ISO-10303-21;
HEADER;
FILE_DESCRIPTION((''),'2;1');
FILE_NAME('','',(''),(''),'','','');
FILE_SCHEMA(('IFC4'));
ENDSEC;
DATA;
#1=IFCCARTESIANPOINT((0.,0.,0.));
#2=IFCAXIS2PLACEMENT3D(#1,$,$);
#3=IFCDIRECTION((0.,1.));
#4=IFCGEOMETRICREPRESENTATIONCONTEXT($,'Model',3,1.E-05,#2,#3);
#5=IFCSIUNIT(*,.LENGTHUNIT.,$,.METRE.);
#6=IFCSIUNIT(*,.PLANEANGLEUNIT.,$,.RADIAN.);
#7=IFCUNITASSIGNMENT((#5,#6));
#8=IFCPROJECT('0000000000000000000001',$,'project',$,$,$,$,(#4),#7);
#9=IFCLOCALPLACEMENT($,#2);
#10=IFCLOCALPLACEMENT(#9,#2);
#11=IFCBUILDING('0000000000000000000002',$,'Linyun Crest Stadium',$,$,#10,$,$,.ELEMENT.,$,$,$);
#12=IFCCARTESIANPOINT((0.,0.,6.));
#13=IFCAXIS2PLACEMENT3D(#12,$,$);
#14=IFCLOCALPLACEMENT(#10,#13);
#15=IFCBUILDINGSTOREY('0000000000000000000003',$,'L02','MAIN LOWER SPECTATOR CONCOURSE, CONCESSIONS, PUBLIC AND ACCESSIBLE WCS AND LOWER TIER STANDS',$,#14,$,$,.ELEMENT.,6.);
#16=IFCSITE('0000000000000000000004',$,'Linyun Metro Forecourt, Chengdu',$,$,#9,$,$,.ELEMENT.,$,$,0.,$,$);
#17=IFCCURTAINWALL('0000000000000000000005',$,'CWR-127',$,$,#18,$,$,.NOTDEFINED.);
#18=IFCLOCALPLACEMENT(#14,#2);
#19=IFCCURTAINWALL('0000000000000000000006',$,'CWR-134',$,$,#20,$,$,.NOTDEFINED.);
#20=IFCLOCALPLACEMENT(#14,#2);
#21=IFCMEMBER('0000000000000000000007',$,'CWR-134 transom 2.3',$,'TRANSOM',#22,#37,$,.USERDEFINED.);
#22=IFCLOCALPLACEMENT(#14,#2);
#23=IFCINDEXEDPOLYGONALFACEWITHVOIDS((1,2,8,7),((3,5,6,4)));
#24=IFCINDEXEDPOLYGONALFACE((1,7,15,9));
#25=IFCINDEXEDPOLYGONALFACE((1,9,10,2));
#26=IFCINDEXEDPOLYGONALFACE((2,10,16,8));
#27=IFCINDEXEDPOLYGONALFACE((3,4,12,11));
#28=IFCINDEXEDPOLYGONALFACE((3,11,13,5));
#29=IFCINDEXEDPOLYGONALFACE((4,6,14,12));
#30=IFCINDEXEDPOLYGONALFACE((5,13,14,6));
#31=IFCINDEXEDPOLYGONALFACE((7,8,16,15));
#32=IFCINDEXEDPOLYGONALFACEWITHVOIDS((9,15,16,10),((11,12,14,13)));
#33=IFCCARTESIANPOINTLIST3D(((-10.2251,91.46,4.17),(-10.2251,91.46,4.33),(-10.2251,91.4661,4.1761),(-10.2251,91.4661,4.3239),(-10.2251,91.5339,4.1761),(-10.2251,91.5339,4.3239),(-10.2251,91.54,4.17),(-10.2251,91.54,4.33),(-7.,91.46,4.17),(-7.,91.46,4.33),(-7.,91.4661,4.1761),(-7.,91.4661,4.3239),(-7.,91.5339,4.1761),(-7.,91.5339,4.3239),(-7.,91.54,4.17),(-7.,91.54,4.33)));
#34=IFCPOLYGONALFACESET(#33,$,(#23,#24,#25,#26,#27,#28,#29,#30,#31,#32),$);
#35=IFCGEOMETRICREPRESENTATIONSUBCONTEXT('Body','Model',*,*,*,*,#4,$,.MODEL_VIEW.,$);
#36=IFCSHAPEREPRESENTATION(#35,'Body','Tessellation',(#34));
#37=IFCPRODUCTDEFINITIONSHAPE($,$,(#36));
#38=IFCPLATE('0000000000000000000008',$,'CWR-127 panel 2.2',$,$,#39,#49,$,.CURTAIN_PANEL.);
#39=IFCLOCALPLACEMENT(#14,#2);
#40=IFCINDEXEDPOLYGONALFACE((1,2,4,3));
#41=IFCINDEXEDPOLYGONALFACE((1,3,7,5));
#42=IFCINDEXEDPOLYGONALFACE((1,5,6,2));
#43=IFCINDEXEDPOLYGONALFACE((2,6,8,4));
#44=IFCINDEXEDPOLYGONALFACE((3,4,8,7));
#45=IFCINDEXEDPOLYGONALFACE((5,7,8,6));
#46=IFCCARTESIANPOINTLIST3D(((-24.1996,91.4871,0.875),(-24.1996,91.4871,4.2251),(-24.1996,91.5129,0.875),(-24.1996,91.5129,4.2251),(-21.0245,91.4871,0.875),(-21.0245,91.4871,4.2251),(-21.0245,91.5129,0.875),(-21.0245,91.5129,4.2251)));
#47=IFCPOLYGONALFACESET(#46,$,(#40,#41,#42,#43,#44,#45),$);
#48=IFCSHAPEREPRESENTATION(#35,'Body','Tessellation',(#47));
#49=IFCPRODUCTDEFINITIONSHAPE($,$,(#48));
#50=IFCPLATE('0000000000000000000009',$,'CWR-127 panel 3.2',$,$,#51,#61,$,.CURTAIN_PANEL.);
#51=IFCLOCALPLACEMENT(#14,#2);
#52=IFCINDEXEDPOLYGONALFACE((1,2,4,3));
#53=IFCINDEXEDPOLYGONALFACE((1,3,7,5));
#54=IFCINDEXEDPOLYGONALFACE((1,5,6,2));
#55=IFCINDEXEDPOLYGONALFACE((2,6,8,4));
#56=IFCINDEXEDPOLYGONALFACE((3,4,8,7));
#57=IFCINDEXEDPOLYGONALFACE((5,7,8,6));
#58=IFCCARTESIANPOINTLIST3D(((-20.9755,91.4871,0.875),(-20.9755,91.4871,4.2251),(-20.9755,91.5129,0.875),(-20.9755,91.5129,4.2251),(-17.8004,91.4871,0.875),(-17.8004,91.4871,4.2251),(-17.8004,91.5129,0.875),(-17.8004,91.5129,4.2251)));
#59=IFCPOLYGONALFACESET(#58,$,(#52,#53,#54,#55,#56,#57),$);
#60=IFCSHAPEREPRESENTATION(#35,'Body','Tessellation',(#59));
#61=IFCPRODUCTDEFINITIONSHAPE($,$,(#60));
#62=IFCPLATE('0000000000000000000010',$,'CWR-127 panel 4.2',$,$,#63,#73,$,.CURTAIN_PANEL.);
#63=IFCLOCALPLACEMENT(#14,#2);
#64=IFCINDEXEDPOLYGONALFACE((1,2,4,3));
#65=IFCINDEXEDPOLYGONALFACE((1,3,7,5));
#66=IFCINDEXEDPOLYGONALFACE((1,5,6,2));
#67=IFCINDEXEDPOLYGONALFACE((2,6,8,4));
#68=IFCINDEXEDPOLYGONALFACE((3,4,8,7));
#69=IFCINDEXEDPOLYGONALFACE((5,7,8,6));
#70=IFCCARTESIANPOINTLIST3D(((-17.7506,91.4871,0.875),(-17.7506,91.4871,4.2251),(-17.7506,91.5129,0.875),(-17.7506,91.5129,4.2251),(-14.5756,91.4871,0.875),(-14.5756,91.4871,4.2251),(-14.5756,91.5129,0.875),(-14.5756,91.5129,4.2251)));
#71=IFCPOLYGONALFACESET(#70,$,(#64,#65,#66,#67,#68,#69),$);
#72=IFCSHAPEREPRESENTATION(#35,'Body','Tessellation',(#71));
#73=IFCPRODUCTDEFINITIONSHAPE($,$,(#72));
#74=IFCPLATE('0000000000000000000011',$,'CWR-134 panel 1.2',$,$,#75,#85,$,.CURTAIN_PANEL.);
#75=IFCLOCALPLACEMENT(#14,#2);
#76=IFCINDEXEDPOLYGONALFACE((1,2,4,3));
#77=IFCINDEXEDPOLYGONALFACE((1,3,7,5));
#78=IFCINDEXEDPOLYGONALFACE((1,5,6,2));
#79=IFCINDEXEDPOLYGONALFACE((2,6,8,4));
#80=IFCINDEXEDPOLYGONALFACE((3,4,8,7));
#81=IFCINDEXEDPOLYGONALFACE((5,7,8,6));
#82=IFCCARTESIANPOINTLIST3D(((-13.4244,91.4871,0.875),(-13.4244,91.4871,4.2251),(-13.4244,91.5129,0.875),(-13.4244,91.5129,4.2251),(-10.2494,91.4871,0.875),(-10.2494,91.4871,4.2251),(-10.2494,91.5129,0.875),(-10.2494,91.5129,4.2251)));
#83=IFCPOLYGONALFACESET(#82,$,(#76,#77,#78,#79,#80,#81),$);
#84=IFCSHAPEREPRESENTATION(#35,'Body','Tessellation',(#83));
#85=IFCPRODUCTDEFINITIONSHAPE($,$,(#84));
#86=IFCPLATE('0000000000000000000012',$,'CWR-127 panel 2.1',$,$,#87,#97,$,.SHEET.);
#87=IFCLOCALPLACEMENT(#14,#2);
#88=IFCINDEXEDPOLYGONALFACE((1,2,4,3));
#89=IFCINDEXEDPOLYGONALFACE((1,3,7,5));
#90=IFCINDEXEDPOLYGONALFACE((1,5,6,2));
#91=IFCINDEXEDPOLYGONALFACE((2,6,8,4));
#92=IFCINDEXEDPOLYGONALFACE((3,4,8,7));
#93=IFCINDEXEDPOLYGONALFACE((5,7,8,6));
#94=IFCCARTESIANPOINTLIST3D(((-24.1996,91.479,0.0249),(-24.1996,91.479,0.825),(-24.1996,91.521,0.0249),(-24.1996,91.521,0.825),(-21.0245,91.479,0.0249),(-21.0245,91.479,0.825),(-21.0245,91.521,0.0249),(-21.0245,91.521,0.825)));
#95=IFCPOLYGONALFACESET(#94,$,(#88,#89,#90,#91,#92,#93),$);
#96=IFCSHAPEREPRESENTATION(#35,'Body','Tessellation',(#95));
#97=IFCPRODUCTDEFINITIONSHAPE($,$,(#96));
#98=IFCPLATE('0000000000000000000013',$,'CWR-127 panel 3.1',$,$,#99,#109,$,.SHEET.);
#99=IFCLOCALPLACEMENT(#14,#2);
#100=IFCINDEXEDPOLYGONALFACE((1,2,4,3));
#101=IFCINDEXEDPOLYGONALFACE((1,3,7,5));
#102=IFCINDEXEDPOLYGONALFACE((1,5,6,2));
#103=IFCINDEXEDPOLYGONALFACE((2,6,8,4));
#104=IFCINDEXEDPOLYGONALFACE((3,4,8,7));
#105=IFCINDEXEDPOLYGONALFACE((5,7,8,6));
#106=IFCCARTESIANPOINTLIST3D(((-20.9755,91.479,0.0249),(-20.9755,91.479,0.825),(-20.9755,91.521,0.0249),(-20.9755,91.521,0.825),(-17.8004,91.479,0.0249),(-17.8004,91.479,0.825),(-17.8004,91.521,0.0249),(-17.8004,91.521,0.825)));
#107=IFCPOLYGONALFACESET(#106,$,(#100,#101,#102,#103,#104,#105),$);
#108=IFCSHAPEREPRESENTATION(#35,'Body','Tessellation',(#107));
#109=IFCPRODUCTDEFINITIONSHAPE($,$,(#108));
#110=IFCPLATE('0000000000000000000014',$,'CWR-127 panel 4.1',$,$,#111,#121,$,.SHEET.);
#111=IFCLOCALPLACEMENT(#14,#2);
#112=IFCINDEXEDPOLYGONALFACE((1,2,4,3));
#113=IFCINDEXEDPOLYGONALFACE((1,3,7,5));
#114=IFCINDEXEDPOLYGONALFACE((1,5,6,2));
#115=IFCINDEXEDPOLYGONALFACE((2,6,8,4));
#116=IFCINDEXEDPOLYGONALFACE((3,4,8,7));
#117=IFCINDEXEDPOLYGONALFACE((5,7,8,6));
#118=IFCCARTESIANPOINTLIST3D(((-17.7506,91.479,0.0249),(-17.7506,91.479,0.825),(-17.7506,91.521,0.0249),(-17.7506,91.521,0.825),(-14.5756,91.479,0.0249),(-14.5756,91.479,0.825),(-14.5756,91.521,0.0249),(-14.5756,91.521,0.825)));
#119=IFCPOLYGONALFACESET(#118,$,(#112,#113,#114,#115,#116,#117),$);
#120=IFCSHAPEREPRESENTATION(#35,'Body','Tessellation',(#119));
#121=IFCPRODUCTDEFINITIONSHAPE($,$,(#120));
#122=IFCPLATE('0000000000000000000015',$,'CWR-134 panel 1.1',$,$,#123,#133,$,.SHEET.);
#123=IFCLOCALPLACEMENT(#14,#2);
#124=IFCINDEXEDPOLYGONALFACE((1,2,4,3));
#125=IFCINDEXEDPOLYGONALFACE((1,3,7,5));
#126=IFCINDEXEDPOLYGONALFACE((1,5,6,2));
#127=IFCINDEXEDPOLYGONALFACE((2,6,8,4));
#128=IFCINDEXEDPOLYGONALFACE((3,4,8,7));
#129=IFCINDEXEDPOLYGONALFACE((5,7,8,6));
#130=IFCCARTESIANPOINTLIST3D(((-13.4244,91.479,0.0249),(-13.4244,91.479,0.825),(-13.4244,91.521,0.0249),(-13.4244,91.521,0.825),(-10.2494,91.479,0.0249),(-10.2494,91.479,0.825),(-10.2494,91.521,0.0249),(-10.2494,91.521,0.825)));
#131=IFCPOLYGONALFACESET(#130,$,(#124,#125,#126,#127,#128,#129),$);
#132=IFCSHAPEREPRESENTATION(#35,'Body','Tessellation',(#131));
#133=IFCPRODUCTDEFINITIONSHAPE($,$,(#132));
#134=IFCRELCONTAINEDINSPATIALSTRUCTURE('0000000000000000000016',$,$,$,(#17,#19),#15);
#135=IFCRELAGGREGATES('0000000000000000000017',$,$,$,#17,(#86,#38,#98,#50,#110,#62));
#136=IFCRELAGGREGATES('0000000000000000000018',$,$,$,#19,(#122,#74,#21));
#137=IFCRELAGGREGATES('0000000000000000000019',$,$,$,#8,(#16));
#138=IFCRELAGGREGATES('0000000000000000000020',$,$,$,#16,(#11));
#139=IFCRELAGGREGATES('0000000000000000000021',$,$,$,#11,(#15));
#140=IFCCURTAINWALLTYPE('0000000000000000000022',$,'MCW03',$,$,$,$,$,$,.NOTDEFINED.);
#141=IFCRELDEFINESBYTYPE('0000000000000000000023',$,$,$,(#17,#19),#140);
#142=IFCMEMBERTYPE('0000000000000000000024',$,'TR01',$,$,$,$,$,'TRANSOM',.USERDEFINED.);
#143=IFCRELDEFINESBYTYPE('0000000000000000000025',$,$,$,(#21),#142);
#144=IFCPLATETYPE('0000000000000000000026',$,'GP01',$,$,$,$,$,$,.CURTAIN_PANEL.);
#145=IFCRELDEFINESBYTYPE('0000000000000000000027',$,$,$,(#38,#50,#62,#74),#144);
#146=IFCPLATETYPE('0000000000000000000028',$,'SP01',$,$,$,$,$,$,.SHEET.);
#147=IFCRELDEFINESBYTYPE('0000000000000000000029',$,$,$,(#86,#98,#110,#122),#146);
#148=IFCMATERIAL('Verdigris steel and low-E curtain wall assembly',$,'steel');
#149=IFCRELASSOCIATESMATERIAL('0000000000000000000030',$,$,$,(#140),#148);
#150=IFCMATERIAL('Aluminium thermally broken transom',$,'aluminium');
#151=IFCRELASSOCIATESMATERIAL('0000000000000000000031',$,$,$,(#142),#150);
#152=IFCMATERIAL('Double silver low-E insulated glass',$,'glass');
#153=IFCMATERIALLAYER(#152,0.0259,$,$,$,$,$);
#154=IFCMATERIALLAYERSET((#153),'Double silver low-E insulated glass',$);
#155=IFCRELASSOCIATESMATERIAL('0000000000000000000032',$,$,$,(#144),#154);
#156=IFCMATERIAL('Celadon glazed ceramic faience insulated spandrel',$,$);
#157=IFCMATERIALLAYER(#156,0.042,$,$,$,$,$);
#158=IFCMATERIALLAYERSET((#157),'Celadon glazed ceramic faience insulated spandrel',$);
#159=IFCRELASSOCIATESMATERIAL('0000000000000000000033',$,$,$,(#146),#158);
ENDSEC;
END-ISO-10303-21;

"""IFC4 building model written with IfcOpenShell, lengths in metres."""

from ifc_helpers import new_model, si_unit, direction, frame, origin, origin_2d, place, context, subcontext, project, spatial, rectangle, hollow_rectangle, extrude, material, layer, layer_set, material_profile, profile_set, type_object, element, aggregate, save


model = new_model("IFC4")

# Units and contexts
model_context = context("Model", 3, precision=1e-05, world=origin(), true_north=direction((0.0, 1.0)))
body_context = subcontext(model_context, "Body", "Model", "MODEL_VIEW")
ifc_project = project(units=[si_unit("LENGTHUNIT", "METRE"), si_unit("PLANEANGLEUNIT", "RADIAN")], contexts=[model_context])

# Site, building, storey
site_placement = place(None, origin())
site = spatial("IfcSite", under=ifc_project, at=site_placement, Name="Linyun Metro Forecourt, Chengdu", CompositionType="ELEMENT", RefElevation=0.0)
building_placement = place(site_placement, origin())
building = spatial("IfcBuilding", under=site, at=building_placement, Name="Linyun Crest Stadium", CompositionType="ELEMENT")
storey_placement = place(building_placement, frame((0.0, 0.0, 6.0)))
storey = spatial("IfcBuildingStorey", under=building, at=storey_placement, Name="L02", Description="MAIN LOWER SPECTATOR CONCOURSE, CONCESSIONS, PUBLIC AND ACCESSIBLE WCS AND LOWER TIER STANDS", CompositionType="ELEMENT", Elevation=6.0)

# Curtain walls
ifc_material_1 = material(Name="Verdigris steel and low-E curtain wall assembly", Category="steel")
curtain_wall_type = type_object("IfcCurtainWallType", Name="MCW03", PredefinedType="NOTDEFINED", material=ifc_material_1)
curtain_wall_1_placement = place(storey_placement, origin())
curtain_wall_1 = element("IfcCurtainWall", 1, at=curtain_wall_1_placement, inside=storey, type_object=curtain_wall_type, Name="CWR-127", PredefinedType="NOTDEFINED")
curtain_wall_2_placement = place(storey_placement, origin())
curtain_wall_2 = element("IfcCurtainWall", 2, at=curtain_wall_2_placement, inside=storey, type_object=curtain_wall_type, Name="CWR-134", PredefinedType="NOTDEFINED")

# Member
ifc_material_2 = material(Name="Aluminium thermally broken transom", Category="aluminium")
ifc_material_profile_1 = material_profile(ifc_material_2, hollow_rectangle(XDim=0.0801, YDim=0.1599, WallThickness=0.0061, at=origin_2d()), Name="RHS 160x80x6")
ifc_profile_set_1 = profile_set([ifc_material_profile_1], Name="Aluminium thermally broken transom")
member_type_1 = type_object("IfcMemberType", Name="TR01", ElementType="TRANSOM", PredefinedType="USERDEFINED", material=ifc_profile_set_1)
member_1_placement = place(storey_placement, frame((-10.2251, 91.5, 4.25), z_axis=(1.0, 0.0, 0.0), x_axis=(0.0, 1.0, 0.0)))
member_1 = element("IfcMember", 3, at=member_1_placement, type_object=member_type_1, Name="CWR-134 transom 2.3", ObjectType="TRANSOM", PredefinedType="USERDEFINED", context=body_context, shape_type="SweptSolid", body=[
    extrude(hollow_rectangle(XDim=0.0801, YDim=0.1599, WallThickness=0.0061, at=origin_2d()), origin(), (0.0, 0.0, 1.0), 3.2251),
])

# Plates
ifc_material_3 = material(Name="Double silver low-E insulated glass", Category="glass")
ifc_layer_1 = layer(ifc_material_3, 0.0259)
ifc_layer_set_1 = layer_set([ifc_layer_1], Name="Double silver low-E insulated glass")
plate_type_1 = type_object("IfcPlateType", Name="GP01", PredefinedType="CURTAIN_PANEL", material=ifc_layer_set_1)
plate_1_placement = place(storey_placement, frame((-22.6121, 91.5, 0.875), z_axis=(0.0, 0.0, 1.0), x_axis=(1.0, 0.0, 0.0)))
plate_1 = element("IfcPlate", 4, at=plate_1_placement, type_object=plate_type_1, Name="CWR-127 panel 2.2", PredefinedType="CURTAIN_PANEL", context=body_context, shape_type="SweptSolid", body=[
    extrude(rectangle(XDim=3.175, YDim=0.0259, at=origin_2d()), origin(), (0.0, 0.0, 1.0), 3.3501),
])
plate_2_placement = place(storey_placement, frame((-19.3879, 91.5, 0.875), z_axis=(0.0, 0.0, 1.0), x_axis=(1.0, 0.0, 0.0)))
plate_2 = element("IfcPlate", 5, at=plate_2_placement, type_object=plate_type_1, Name="CWR-127 panel 3.2", PredefinedType="CURTAIN_PANEL", context=body_context, shape_type="SweptSolid", body=[
    extrude(rectangle(XDim=3.175, YDim=0.0259, at=origin_2d()), origin(), (0.0, 0.0, 1.0), 3.3501),
])
plate_3_placement = place(storey_placement, frame((-16.1631, 91.5, 0.875), z_axis=(0.0, 0.0, 1.0), x_axis=(1.0, 0.0, 0.0)))
plate_3 = element("IfcPlate", 6, at=plate_3_placement, type_object=plate_type_1, Name="CWR-127 panel 4.2", PredefinedType="CURTAIN_PANEL", context=body_context, shape_type="SweptSolid", body=[
    extrude(rectangle(XDim=3.175, YDim=0.0259, at=origin_2d()), origin(), (0.0, 0.0, 1.0), 3.3501),
])
plate_4_placement = place(storey_placement, frame((-11.8369, 91.5, 0.875), z_axis=(0.0, 0.0, 1.0), x_axis=(1.0, 0.0, 0.0)))
plate_4 = element("IfcPlate", 7, at=plate_4_placement, type_object=plate_type_1, Name="CWR-134 panel 1.2", PredefinedType="CURTAIN_PANEL", context=body_context, shape_type="SweptSolid", body=[
    extrude(rectangle(XDim=3.175, YDim=0.0259, at=origin_2d()), origin(), (0.0, 0.0, 1.0), 3.3501),
])
ifc_material_4 = material(Name="Celadon glazed ceramic faience insulated spandrel")
ifc_layer_2 = layer(ifc_material_4, 0.042)
ifc_layer_set_2 = layer_set([ifc_layer_2], Name="Celadon glazed ceramic faience insulated spandrel")
plate_type_2 = type_object("IfcPlateType", Name="SP01", PredefinedType="SHEET", material=ifc_layer_set_2)
plate_5_placement = place(storey_placement, frame((-22.6121, 91.5, 0.0249), z_axis=(0.0, 0.0, 1.0), x_axis=(1.0, 0.0, 0.0)))
plate_5 = element("IfcPlate", 8, at=plate_5_placement, type_object=plate_type_2, Name="CWR-127 panel 2.1", PredefinedType="SHEET", context=body_context, shape_type="SweptSolid", body=[
    extrude(rectangle(XDim=3.175, YDim=0.042, at=origin_2d()), origin(), (0.0, 0.0, 1.0), 0.8),
])
plate_6_placement = place(storey_placement, frame((-19.3879, 91.5, 0.0249), z_axis=(0.0, 0.0, 1.0), x_axis=(1.0, 0.0, 0.0)))
plate_6 = element("IfcPlate", 9, at=plate_6_placement, type_object=plate_type_2, Name="CWR-127 panel 3.1", PredefinedType="SHEET", context=body_context, shape_type="SweptSolid", body=[
    extrude(rectangle(XDim=3.175, YDim=0.042, at=origin_2d()), origin(), (0.0, 0.0, 1.0), 0.8),
])
plate_7_placement = place(storey_placement, frame((-16.1631, 91.5, 0.0249), z_axis=(0.0, 0.0, 1.0), x_axis=(1.0, 0.0, 0.0)))
plate_7 = element("IfcPlate", 10, at=plate_7_placement, type_object=plate_type_2, Name="CWR-127 panel 4.1", PredefinedType="SHEET", context=body_context, shape_type="SweptSolid", body=[
    extrude(rectangle(XDim=3.175, YDim=0.042, at=origin_2d()), origin(), (0.0, 0.0, 1.0), 0.8),
])
aggregate(curtain_wall_1, [plate_5, plate_1, plate_6, plate_2, plate_7, plate_3])
plate_8_placement = place(storey_placement, frame((-11.8369, 91.5, 0.0249), z_axis=(0.0, 0.0, 1.0), x_axis=(1.0, 0.0, 0.0)))
plate_8 = element("IfcPlate", 11, at=plate_8_placement, type_object=plate_type_2, Name="CWR-134 panel 1.1", PredefinedType="SHEET", context=body_context, shape_type="SweptSolid", body=[
    extrude(rectangle(XDim=3.175, YDim=0.042, at=origin_2d()), origin(), (0.0, 0.0, 1.0), 0.8),
])
aggregate(curtain_wall_2, [plate_8, plate_4, member_1])

save(model, "model.ifc")
